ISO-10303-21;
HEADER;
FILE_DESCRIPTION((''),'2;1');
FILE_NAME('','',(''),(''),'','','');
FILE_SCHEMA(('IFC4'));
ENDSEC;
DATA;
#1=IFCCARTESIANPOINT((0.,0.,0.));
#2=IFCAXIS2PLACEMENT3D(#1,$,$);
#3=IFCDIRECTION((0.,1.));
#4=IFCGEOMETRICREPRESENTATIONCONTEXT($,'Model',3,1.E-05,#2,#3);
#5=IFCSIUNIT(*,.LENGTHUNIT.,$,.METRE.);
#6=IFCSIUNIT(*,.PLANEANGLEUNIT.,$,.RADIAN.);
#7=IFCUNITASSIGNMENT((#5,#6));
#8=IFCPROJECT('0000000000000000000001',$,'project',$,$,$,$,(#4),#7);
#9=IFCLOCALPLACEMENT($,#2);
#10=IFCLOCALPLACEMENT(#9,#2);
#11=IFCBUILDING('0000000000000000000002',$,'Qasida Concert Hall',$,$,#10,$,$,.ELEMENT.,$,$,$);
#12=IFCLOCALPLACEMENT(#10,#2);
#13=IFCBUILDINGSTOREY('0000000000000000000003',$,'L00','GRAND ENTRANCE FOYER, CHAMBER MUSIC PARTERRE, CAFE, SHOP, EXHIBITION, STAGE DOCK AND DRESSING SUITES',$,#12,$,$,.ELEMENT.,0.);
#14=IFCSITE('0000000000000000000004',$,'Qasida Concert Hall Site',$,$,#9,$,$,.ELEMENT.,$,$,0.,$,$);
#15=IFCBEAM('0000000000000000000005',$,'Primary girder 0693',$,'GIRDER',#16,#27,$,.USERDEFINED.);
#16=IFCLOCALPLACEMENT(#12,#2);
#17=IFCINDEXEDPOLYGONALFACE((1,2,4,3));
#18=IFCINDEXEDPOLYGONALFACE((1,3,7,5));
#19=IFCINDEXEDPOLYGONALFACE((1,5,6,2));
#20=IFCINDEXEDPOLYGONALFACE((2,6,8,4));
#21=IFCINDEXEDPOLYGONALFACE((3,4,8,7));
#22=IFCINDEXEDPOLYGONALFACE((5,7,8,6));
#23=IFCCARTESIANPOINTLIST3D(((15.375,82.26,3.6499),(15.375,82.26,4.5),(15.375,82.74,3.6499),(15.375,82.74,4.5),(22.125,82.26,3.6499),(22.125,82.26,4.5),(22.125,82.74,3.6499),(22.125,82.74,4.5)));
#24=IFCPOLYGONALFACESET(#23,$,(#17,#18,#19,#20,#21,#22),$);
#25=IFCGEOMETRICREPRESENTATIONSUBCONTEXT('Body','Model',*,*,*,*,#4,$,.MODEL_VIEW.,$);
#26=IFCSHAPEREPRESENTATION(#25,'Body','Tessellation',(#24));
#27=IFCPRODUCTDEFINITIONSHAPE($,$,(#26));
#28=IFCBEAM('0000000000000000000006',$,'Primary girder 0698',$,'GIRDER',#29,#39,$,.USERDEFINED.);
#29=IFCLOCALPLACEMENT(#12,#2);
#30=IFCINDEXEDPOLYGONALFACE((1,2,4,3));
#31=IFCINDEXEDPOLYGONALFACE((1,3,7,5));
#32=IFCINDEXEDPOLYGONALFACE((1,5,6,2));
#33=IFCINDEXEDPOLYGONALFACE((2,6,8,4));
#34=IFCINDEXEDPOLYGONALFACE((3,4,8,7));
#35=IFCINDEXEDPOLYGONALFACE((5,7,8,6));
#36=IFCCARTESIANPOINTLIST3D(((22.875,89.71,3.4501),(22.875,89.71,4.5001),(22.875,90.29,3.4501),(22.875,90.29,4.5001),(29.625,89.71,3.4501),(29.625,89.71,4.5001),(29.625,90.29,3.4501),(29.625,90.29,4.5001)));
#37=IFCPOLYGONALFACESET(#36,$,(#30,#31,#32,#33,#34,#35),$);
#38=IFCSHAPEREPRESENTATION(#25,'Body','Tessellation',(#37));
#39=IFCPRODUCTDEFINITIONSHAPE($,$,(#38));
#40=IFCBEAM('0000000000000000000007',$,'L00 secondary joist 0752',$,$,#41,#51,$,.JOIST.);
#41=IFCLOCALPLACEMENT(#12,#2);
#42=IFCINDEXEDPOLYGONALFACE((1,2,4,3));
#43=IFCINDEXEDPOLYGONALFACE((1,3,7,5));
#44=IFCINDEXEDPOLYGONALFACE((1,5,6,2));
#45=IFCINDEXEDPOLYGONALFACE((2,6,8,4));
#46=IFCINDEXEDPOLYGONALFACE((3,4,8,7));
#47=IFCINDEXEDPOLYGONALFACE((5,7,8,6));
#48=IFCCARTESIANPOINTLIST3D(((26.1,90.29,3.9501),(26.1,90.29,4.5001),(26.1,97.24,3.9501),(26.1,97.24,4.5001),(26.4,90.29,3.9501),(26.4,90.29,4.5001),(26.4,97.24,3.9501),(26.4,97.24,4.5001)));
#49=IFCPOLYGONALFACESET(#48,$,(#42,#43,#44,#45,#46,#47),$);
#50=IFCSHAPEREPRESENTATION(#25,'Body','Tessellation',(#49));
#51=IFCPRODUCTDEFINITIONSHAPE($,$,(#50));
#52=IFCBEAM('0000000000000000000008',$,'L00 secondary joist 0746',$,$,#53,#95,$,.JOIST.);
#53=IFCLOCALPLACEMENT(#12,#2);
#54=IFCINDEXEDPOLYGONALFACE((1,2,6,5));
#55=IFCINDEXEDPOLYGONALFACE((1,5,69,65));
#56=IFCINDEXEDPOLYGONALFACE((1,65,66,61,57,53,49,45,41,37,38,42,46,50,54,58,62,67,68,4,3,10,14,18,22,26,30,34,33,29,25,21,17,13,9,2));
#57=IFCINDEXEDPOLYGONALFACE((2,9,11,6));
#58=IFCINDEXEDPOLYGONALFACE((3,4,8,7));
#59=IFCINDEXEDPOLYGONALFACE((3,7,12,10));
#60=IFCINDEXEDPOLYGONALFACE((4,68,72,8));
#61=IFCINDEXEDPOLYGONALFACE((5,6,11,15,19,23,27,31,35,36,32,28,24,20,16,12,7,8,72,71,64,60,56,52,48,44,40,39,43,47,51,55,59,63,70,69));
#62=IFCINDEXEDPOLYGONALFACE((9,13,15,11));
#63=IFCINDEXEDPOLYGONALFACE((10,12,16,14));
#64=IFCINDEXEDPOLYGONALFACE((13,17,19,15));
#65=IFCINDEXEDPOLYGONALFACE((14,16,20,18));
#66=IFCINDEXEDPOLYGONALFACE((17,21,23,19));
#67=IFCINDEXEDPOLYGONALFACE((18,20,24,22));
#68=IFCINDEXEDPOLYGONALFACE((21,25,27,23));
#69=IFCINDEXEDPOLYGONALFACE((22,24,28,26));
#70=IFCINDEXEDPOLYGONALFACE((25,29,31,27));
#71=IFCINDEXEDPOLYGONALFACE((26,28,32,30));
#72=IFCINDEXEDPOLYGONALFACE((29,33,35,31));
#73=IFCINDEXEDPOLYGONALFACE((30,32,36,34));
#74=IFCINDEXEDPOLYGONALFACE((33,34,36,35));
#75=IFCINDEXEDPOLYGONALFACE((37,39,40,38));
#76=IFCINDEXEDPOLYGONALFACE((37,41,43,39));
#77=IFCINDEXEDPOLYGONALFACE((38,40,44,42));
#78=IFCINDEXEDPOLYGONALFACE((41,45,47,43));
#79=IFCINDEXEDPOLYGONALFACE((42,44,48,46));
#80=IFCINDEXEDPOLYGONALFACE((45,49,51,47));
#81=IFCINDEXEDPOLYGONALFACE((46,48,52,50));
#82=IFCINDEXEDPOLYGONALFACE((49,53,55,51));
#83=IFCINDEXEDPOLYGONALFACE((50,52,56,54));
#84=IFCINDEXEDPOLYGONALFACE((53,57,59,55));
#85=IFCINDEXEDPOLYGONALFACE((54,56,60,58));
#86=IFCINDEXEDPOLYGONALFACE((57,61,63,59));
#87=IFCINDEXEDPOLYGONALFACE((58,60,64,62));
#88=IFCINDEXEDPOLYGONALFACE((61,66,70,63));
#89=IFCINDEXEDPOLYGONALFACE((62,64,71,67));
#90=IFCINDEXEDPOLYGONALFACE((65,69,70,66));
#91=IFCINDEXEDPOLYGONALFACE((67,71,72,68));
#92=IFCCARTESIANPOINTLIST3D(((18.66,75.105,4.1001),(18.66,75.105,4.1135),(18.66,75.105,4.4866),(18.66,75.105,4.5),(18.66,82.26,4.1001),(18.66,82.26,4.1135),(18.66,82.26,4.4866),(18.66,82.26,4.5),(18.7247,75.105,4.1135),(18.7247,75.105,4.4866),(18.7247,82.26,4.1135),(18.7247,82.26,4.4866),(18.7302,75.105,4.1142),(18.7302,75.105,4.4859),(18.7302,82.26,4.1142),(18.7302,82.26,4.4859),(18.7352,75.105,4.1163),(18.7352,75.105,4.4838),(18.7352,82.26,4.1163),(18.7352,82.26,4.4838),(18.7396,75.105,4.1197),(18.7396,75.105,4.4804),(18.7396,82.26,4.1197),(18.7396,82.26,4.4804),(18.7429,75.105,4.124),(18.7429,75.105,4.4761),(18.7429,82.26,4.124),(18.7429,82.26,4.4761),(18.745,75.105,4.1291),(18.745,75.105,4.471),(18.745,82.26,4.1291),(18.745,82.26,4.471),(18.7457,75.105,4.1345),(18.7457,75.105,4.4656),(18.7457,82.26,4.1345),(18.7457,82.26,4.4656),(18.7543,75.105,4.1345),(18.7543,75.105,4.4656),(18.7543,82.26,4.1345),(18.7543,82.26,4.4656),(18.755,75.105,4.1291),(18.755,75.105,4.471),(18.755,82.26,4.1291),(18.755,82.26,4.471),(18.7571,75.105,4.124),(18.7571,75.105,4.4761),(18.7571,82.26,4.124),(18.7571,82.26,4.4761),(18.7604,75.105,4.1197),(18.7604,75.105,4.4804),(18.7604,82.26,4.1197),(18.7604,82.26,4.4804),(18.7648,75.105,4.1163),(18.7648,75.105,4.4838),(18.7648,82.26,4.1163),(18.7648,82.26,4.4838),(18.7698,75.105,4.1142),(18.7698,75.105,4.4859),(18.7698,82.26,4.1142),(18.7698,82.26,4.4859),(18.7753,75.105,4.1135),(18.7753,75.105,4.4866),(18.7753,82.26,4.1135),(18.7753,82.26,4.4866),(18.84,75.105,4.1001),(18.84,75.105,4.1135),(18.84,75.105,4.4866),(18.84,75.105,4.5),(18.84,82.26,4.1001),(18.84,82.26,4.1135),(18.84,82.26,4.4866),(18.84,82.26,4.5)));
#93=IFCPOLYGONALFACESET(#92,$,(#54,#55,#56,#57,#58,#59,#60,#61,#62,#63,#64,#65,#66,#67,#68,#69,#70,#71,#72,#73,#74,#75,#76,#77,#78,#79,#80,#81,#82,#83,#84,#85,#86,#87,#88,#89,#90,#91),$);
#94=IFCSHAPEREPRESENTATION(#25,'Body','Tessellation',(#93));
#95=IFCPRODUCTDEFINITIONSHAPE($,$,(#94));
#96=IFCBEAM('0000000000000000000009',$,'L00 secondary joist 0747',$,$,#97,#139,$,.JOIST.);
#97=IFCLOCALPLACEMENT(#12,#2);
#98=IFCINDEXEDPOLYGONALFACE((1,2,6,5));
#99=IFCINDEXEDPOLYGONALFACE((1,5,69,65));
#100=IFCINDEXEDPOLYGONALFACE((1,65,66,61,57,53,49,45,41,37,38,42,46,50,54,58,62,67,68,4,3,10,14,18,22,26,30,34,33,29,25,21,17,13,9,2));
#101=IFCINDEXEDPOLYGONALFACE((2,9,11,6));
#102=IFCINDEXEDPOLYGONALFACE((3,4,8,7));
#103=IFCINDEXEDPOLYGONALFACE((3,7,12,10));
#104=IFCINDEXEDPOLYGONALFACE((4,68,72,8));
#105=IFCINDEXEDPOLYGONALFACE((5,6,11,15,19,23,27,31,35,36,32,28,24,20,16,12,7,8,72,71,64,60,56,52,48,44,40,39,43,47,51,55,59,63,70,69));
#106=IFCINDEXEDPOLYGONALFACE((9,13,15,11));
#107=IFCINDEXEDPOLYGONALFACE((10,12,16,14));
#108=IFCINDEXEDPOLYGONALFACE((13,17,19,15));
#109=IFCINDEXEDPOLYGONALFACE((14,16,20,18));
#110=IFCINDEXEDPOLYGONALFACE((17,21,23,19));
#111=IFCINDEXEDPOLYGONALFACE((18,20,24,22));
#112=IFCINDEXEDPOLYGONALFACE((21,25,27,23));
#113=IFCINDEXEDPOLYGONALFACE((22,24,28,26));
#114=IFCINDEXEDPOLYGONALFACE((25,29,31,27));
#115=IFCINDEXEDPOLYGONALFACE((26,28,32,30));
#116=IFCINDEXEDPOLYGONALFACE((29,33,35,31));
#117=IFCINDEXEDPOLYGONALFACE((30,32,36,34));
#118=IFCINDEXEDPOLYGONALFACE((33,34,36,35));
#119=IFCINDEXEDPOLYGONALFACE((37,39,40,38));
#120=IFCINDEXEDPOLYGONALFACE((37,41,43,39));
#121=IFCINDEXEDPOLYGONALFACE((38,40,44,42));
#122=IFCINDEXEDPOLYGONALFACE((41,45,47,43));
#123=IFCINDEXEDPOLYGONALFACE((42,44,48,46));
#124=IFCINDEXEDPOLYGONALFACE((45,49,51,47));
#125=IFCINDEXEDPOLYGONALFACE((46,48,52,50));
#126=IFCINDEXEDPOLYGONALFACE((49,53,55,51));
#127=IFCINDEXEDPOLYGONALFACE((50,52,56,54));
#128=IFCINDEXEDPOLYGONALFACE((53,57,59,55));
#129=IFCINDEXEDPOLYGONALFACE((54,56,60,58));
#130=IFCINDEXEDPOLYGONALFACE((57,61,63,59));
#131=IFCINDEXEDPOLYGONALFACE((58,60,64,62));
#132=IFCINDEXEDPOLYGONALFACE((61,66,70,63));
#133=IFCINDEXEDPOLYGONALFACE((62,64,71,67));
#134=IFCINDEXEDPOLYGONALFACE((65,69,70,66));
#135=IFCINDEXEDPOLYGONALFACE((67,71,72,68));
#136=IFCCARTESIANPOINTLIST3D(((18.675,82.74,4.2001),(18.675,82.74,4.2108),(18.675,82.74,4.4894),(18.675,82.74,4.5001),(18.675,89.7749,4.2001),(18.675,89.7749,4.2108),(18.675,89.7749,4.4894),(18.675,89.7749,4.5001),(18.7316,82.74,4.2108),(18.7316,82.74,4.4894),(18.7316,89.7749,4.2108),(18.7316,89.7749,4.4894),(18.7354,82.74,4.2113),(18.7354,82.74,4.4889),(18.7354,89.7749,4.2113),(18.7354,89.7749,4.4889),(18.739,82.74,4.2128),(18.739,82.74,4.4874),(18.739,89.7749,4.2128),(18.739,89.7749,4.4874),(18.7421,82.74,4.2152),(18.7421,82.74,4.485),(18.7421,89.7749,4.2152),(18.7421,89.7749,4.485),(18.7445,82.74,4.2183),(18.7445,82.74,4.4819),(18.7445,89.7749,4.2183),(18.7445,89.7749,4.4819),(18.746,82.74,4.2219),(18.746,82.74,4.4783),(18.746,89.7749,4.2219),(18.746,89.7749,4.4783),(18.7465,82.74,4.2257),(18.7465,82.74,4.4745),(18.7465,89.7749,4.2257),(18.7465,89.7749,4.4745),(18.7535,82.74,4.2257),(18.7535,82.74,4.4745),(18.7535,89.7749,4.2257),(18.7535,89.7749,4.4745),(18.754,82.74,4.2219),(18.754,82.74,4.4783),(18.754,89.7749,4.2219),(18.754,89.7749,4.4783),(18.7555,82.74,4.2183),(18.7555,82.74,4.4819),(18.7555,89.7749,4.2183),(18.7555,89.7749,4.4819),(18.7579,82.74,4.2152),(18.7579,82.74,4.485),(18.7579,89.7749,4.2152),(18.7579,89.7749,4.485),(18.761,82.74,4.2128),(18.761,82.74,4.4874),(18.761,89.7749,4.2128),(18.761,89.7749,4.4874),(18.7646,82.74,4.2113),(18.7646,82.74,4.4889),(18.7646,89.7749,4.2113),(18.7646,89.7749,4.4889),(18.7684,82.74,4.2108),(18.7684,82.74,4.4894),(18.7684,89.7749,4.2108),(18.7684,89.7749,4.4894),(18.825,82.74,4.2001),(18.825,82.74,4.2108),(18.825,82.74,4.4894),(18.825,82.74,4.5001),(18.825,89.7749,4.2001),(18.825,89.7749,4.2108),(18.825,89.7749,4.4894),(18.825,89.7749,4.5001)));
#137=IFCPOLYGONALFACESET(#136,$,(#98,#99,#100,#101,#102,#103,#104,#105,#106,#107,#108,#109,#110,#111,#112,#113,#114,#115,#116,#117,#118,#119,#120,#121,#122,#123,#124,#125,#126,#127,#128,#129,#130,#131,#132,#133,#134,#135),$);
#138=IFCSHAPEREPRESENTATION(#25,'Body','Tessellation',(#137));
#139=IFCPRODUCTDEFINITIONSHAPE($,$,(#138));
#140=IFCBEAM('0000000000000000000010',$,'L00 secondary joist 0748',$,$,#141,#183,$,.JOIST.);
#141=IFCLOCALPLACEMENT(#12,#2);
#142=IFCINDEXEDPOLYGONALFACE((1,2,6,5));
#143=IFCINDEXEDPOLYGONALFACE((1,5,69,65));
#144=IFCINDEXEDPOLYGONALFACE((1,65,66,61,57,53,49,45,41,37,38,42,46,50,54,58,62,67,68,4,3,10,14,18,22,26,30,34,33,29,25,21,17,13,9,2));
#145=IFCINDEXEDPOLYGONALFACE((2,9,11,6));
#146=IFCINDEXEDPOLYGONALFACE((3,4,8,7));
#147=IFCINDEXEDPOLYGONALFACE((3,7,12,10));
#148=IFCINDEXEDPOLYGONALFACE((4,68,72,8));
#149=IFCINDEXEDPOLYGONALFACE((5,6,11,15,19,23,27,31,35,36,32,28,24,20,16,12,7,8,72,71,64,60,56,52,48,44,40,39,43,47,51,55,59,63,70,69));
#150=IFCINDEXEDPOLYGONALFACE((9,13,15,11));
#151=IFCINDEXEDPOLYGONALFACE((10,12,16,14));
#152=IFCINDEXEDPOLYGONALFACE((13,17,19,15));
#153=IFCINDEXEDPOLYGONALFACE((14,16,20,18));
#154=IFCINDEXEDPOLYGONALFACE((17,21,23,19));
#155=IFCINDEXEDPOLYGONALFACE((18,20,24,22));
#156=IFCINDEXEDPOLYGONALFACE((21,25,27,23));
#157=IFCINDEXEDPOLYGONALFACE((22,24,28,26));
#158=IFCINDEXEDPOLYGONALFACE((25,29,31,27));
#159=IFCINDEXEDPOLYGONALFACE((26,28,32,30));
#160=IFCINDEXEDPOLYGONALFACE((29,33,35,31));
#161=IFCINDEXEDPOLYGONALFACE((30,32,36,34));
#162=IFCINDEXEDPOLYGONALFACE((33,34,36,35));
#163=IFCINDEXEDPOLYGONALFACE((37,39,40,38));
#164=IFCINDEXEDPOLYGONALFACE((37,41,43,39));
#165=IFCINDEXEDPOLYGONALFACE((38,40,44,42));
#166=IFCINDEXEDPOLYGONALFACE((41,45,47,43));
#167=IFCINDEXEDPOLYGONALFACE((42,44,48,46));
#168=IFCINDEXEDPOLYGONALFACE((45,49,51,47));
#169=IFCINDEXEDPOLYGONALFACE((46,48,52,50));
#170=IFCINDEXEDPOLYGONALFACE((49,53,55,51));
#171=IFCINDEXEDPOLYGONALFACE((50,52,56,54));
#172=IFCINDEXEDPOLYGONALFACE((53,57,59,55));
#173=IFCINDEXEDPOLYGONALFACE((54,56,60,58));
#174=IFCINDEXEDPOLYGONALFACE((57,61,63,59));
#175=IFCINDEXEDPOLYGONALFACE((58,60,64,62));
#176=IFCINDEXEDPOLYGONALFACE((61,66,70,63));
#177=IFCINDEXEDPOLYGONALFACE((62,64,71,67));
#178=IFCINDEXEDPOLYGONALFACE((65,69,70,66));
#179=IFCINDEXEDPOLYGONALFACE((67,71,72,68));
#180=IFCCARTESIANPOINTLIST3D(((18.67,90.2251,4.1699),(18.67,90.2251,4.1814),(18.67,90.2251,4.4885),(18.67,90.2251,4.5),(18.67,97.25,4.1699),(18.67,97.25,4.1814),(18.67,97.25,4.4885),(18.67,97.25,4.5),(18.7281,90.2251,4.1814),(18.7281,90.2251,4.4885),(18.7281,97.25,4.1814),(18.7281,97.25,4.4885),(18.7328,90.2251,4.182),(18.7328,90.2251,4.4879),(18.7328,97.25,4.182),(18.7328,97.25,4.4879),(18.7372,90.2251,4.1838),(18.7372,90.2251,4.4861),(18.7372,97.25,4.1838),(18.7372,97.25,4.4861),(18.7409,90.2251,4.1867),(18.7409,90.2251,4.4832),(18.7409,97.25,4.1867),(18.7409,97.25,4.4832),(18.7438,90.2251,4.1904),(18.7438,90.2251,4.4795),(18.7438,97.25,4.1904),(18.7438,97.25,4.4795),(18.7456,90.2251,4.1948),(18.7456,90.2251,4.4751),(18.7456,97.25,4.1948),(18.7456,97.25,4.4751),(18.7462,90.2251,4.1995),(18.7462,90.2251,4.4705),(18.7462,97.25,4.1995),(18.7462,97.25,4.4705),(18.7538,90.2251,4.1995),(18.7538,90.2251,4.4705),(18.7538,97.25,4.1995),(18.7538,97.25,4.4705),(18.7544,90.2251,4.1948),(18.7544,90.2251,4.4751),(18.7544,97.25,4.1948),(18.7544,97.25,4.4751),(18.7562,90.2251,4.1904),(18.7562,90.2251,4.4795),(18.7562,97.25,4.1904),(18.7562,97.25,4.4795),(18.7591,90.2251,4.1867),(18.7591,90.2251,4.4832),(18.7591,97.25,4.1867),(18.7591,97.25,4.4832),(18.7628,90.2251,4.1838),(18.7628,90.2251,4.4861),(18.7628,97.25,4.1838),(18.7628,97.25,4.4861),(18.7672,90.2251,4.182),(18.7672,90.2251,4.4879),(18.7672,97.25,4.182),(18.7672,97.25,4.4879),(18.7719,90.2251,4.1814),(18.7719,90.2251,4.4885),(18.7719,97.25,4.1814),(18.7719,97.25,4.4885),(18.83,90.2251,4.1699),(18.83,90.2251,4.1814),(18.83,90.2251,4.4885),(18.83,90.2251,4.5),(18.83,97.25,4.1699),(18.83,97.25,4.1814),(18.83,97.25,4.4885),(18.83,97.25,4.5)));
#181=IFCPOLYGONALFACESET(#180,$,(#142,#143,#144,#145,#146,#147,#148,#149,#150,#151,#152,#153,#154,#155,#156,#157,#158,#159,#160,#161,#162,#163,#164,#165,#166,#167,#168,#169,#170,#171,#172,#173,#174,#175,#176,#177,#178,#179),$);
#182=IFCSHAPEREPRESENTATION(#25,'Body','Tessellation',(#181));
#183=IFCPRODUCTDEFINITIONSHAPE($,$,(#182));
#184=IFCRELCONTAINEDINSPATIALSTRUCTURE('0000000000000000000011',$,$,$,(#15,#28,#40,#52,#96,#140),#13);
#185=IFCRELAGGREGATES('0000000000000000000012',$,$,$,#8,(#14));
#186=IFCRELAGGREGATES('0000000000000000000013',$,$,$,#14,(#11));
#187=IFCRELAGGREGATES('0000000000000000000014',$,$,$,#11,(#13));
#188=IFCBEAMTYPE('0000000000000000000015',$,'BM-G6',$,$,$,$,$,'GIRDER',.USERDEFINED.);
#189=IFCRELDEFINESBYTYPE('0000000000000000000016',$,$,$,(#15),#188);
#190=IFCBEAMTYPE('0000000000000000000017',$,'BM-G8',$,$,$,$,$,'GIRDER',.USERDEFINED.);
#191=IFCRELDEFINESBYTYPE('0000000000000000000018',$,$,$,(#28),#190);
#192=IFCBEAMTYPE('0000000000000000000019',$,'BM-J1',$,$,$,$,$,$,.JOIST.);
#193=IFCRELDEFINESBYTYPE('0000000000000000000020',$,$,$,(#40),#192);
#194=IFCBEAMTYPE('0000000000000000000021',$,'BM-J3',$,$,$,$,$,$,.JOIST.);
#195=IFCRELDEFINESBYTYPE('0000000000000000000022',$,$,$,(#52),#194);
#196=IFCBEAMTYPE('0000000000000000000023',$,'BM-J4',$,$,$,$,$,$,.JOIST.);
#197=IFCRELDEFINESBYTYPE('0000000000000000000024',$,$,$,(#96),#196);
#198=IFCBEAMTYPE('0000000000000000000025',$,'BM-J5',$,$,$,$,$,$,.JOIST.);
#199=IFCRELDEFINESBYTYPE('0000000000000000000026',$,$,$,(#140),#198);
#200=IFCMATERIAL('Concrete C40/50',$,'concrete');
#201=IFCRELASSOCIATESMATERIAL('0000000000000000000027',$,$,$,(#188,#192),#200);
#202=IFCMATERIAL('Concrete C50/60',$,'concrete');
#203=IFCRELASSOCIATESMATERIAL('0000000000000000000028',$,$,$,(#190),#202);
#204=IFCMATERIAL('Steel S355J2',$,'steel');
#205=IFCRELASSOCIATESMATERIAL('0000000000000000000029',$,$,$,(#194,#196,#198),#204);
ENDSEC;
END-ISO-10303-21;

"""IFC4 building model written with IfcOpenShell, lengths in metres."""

from ifc_helpers import new_model, si_unit, direction, frame, origin, origin_2d, place, context, subcontext, project, spatial, rectangle, i_section, extrude, material, material_profile, profile_set, type_object, element, save


model = new_model("IFC4")

# Units and contexts
model_context = context("Model", 3, precision=1e-05, world=origin(), true_north=direction((0.0, 1.0)))
body_context = subcontext(model_context, "Body", "Model", "MODEL_VIEW")
ifc_project = project(units=[si_unit("LENGTHUNIT", "METRE"), si_unit("PLANEANGLEUNIT", "RADIAN")], contexts=[model_context])

# Site, building, storey
site_placement = place(None, origin())
site = spatial("IfcSite", under=ifc_project, at=site_placement, Name="Qasida Concert Hall Site", CompositionType="ELEMENT", RefElevation=0.0)
building_placement = place(site_placement, origin())
building = spatial("IfcBuilding", under=site, at=building_placement, Name="Qasida Concert Hall", CompositionType="ELEMENT")
storey_placement = place(building_placement, origin())
storey = spatial("IfcBuildingStorey", under=building, at=storey_placement, Name="L00", Description="GRAND ENTRANCE FOYER, CHAMBER MUSIC PARTERRE, CAFE, SHOP, EXHIBITION, STAGE DOCK AND DRESSING SUITES", CompositionType="ELEMENT", Elevation=0.0)

# Shared definitions
ifc_material_1 = material(Name="Concrete C50/60", Category="concrete")

# Beams
ifc_material_2 = material(Name="Concrete C40/50", Category="concrete")
ifc_material_3 = material(Name="Steel S355J2", Category="steel")
ifc_material_profile_1 = material_profile(ifc_material_2, rectangle(XDim=0.48, YDim=0.8501, at=origin_2d()), Name="RC 480x850")
ifc_profile_set_1 = profile_set([ifc_material_profile_1], Name="Concrete C40/50")
beam_type_1 = type_object("IfcBeamType", Name="BM-G6", ElementType="GIRDER", PredefinedType="USERDEFINED", material=ifc_profile_set_1)
beam_1_placement = place(storey_placement, frame((15.375, 82.5, 4.075), z_axis=(1.0, 0.0, 0.0), x_axis=(0.0, 1.0, 0.0)))
element("IfcBeam", 1, at=beam_1_placement, inside=storey, type_object=beam_type_1, Name="Primary girder 0693", ObjectType="GIRDER", PredefinedType="USERDEFINED", context=body_context, shape_type="SweptSolid", body=[
    extrude(rectangle(XDim=0.48, YDim=0.8501, at=origin_2d()), origin(), (0.0, 0.0, 1.0), 6.75),
])
ifc_material_profile_2 = material_profile(ifc_material_1, rectangle(XDim=0.5801, YDim=1.05, at=origin_2d()), Name="RC 580x1050")
ifc_profile_set_2 = profile_set([ifc_material_profile_2], Name="Concrete C50/60")
beam_type_2 = type_object("IfcBeamType", Name="BM-G8", ElementType="GIRDER", PredefinedType="USERDEFINED", material=ifc_profile_set_2)
beam_2_placement = place(storey_placement, frame((22.875, 90.0, 3.9751), z_axis=(1.0, 0.0, 0.0), x_axis=(0.0, 1.0, 0.0)))
element("IfcBeam", 2, at=beam_2_placement, inside=storey, type_object=beam_type_2, Name="Primary girder 0698", ObjectType="GIRDER", PredefinedType="USERDEFINED", context=body_context, shape_type="SweptSolid", body=[
    extrude(rectangle(XDim=0.5801, YDim=1.05, at=origin_2d()), origin(), (0.0, 0.0, 1.0), 6.75),
])
ifc_material_profile_3 = material_profile(ifc_material_2, rectangle(XDim=0.3, YDim=0.55, at=origin_2d()), Name="RC 300x550")
ifc_profile_set_3 = profile_set([ifc_material_profile_3], Name="Concrete C40/50")
beam_type_3 = type_object("IfcBeamType", Name="BM-J1", PredefinedType="JOIST", material=ifc_profile_set_3)
beam_3_placement = place(storey_placement, frame((26.25, 90.29, 4.2251), z_axis=(0.0, 1.0, 0.0), x_axis=(-1.0, 0.0, 0.0)))
element("IfcBeam", 3, at=beam_3_placement, inside=storey, type_object=beam_type_3, Name="L00 secondary joist 0752", PredefinedType="JOIST", context=body_context, shape_type="SweptSolid", body=[
    extrude(rectangle(XDim=0.3, YDim=0.55, at=origin_2d()), origin(), (0.0, 0.0, 1.0), 6.95),
])
ifc_material_profile_4 = material_profile(ifc_material_3, i_section(OverallWidth=0.1799, OverallDepth=0.3999, WebThickness=0.0085, FlangeThickness=0.0134, FilletRadius=0.021, at=origin_2d()), Name="IPE 400")
ifc_profile_set_4 = profile_set([ifc_material_profile_4], Name="Steel S355J2")
beam_type_4 = type_object("IfcBeamType", Name="BM-J3", PredefinedType="JOIST", material=ifc_profile_set_4)
beam_4_placement = place(storey_placement, frame((18.75, 75.105, 4.3), z_axis=(0.0, 1.0, 0.0), x_axis=(-1.0, 0.0, 0.0)))
element("IfcBeam", 4, at=beam_4_placement, inside=storey, type_object=beam_type_4, Name="L00 secondary joist 0746", PredefinedType="JOIST", context=body_context, shape_type="SweptSolid", body=[
    extrude(i_section(OverallWidth=0.1799, OverallDepth=0.3999, WebThickness=0.0085, FlangeThickness=0.0134, FilletRadius=0.021, at=origin_2d()), origin(), (0.0, 0.0, 1.0), 7.155),
])
ifc_material_profile_5 = material_profile(ifc_material_3, i_section(OverallWidth=0.1499, OverallDepth=0.3, WebThickness=0.0071, FlangeThickness=0.0107, FilletRadius=0.0149, at=origin_2d()), Name="IPE 300")
ifc_profile_set_5 = profile_set([ifc_material_profile_5], Name="Steel S355J2")
beam_type_5 = type_object("IfcBeamType", Name="BM-J4", PredefinedType="JOIST", material=ifc_profile_set_5)
beam_5_placement = place(storey_placement, frame((18.75, 82.74, 4.3501), z_axis=(0.0, 1.0, 0.0), x_axis=(-1.0, 0.0, 0.0)))
element("IfcBeam", 5, at=beam_5_placement, inside=storey, type_object=beam_type_5, Name="L00 secondary joist 0747", PredefinedType="JOIST", context=body_context, shape_type="SweptSolid", body=[
    extrude(i_section(OverallWidth=0.1499, OverallDepth=0.3, WebThickness=0.0071, FlangeThickness=0.0107, FilletRadius=0.0149, at=origin_2d()), origin(), (0.0, 0.0, 1.0), 7.0349),
])
ifc_material_profile_6 = material_profile(ifc_material_3, i_section(OverallWidth=0.1599, OverallDepth=0.3301, WebThickness=0.0076, FlangeThickness=0.0115, FilletRadius=0.0181, at=origin_2d()), Name="IPE 330")
ifc_profile_set_6 = profile_set([ifc_material_profile_6], Name="Steel S355J2")
beam_type_6 = type_object("IfcBeamType", Name="BM-J5", PredefinedType="JOIST", material=ifc_profile_set_6)
beam_6_placement = place(storey_placement, frame((18.75, 90.2251, 4.335), z_axis=(0.0, 1.0, 0.0), x_axis=(-1.0, 0.0, 0.0)))
element("IfcBeam", 6, at=beam_6_placement, inside=storey, type_object=beam_type_6, Name="L00 secondary joist 0748", PredefinedType="JOIST", context=body_context, shape_type="SweptSolid", body=[
    extrude(i_section(OverallWidth=0.1599, OverallDepth=0.3301, WebThickness=0.0076, FlangeThickness=0.0115, FilletRadius=0.0181, at=origin_2d()), origin(), (0.0, 0.0, 1.0), 7.0249),
])

save(model, "model.ifc")
